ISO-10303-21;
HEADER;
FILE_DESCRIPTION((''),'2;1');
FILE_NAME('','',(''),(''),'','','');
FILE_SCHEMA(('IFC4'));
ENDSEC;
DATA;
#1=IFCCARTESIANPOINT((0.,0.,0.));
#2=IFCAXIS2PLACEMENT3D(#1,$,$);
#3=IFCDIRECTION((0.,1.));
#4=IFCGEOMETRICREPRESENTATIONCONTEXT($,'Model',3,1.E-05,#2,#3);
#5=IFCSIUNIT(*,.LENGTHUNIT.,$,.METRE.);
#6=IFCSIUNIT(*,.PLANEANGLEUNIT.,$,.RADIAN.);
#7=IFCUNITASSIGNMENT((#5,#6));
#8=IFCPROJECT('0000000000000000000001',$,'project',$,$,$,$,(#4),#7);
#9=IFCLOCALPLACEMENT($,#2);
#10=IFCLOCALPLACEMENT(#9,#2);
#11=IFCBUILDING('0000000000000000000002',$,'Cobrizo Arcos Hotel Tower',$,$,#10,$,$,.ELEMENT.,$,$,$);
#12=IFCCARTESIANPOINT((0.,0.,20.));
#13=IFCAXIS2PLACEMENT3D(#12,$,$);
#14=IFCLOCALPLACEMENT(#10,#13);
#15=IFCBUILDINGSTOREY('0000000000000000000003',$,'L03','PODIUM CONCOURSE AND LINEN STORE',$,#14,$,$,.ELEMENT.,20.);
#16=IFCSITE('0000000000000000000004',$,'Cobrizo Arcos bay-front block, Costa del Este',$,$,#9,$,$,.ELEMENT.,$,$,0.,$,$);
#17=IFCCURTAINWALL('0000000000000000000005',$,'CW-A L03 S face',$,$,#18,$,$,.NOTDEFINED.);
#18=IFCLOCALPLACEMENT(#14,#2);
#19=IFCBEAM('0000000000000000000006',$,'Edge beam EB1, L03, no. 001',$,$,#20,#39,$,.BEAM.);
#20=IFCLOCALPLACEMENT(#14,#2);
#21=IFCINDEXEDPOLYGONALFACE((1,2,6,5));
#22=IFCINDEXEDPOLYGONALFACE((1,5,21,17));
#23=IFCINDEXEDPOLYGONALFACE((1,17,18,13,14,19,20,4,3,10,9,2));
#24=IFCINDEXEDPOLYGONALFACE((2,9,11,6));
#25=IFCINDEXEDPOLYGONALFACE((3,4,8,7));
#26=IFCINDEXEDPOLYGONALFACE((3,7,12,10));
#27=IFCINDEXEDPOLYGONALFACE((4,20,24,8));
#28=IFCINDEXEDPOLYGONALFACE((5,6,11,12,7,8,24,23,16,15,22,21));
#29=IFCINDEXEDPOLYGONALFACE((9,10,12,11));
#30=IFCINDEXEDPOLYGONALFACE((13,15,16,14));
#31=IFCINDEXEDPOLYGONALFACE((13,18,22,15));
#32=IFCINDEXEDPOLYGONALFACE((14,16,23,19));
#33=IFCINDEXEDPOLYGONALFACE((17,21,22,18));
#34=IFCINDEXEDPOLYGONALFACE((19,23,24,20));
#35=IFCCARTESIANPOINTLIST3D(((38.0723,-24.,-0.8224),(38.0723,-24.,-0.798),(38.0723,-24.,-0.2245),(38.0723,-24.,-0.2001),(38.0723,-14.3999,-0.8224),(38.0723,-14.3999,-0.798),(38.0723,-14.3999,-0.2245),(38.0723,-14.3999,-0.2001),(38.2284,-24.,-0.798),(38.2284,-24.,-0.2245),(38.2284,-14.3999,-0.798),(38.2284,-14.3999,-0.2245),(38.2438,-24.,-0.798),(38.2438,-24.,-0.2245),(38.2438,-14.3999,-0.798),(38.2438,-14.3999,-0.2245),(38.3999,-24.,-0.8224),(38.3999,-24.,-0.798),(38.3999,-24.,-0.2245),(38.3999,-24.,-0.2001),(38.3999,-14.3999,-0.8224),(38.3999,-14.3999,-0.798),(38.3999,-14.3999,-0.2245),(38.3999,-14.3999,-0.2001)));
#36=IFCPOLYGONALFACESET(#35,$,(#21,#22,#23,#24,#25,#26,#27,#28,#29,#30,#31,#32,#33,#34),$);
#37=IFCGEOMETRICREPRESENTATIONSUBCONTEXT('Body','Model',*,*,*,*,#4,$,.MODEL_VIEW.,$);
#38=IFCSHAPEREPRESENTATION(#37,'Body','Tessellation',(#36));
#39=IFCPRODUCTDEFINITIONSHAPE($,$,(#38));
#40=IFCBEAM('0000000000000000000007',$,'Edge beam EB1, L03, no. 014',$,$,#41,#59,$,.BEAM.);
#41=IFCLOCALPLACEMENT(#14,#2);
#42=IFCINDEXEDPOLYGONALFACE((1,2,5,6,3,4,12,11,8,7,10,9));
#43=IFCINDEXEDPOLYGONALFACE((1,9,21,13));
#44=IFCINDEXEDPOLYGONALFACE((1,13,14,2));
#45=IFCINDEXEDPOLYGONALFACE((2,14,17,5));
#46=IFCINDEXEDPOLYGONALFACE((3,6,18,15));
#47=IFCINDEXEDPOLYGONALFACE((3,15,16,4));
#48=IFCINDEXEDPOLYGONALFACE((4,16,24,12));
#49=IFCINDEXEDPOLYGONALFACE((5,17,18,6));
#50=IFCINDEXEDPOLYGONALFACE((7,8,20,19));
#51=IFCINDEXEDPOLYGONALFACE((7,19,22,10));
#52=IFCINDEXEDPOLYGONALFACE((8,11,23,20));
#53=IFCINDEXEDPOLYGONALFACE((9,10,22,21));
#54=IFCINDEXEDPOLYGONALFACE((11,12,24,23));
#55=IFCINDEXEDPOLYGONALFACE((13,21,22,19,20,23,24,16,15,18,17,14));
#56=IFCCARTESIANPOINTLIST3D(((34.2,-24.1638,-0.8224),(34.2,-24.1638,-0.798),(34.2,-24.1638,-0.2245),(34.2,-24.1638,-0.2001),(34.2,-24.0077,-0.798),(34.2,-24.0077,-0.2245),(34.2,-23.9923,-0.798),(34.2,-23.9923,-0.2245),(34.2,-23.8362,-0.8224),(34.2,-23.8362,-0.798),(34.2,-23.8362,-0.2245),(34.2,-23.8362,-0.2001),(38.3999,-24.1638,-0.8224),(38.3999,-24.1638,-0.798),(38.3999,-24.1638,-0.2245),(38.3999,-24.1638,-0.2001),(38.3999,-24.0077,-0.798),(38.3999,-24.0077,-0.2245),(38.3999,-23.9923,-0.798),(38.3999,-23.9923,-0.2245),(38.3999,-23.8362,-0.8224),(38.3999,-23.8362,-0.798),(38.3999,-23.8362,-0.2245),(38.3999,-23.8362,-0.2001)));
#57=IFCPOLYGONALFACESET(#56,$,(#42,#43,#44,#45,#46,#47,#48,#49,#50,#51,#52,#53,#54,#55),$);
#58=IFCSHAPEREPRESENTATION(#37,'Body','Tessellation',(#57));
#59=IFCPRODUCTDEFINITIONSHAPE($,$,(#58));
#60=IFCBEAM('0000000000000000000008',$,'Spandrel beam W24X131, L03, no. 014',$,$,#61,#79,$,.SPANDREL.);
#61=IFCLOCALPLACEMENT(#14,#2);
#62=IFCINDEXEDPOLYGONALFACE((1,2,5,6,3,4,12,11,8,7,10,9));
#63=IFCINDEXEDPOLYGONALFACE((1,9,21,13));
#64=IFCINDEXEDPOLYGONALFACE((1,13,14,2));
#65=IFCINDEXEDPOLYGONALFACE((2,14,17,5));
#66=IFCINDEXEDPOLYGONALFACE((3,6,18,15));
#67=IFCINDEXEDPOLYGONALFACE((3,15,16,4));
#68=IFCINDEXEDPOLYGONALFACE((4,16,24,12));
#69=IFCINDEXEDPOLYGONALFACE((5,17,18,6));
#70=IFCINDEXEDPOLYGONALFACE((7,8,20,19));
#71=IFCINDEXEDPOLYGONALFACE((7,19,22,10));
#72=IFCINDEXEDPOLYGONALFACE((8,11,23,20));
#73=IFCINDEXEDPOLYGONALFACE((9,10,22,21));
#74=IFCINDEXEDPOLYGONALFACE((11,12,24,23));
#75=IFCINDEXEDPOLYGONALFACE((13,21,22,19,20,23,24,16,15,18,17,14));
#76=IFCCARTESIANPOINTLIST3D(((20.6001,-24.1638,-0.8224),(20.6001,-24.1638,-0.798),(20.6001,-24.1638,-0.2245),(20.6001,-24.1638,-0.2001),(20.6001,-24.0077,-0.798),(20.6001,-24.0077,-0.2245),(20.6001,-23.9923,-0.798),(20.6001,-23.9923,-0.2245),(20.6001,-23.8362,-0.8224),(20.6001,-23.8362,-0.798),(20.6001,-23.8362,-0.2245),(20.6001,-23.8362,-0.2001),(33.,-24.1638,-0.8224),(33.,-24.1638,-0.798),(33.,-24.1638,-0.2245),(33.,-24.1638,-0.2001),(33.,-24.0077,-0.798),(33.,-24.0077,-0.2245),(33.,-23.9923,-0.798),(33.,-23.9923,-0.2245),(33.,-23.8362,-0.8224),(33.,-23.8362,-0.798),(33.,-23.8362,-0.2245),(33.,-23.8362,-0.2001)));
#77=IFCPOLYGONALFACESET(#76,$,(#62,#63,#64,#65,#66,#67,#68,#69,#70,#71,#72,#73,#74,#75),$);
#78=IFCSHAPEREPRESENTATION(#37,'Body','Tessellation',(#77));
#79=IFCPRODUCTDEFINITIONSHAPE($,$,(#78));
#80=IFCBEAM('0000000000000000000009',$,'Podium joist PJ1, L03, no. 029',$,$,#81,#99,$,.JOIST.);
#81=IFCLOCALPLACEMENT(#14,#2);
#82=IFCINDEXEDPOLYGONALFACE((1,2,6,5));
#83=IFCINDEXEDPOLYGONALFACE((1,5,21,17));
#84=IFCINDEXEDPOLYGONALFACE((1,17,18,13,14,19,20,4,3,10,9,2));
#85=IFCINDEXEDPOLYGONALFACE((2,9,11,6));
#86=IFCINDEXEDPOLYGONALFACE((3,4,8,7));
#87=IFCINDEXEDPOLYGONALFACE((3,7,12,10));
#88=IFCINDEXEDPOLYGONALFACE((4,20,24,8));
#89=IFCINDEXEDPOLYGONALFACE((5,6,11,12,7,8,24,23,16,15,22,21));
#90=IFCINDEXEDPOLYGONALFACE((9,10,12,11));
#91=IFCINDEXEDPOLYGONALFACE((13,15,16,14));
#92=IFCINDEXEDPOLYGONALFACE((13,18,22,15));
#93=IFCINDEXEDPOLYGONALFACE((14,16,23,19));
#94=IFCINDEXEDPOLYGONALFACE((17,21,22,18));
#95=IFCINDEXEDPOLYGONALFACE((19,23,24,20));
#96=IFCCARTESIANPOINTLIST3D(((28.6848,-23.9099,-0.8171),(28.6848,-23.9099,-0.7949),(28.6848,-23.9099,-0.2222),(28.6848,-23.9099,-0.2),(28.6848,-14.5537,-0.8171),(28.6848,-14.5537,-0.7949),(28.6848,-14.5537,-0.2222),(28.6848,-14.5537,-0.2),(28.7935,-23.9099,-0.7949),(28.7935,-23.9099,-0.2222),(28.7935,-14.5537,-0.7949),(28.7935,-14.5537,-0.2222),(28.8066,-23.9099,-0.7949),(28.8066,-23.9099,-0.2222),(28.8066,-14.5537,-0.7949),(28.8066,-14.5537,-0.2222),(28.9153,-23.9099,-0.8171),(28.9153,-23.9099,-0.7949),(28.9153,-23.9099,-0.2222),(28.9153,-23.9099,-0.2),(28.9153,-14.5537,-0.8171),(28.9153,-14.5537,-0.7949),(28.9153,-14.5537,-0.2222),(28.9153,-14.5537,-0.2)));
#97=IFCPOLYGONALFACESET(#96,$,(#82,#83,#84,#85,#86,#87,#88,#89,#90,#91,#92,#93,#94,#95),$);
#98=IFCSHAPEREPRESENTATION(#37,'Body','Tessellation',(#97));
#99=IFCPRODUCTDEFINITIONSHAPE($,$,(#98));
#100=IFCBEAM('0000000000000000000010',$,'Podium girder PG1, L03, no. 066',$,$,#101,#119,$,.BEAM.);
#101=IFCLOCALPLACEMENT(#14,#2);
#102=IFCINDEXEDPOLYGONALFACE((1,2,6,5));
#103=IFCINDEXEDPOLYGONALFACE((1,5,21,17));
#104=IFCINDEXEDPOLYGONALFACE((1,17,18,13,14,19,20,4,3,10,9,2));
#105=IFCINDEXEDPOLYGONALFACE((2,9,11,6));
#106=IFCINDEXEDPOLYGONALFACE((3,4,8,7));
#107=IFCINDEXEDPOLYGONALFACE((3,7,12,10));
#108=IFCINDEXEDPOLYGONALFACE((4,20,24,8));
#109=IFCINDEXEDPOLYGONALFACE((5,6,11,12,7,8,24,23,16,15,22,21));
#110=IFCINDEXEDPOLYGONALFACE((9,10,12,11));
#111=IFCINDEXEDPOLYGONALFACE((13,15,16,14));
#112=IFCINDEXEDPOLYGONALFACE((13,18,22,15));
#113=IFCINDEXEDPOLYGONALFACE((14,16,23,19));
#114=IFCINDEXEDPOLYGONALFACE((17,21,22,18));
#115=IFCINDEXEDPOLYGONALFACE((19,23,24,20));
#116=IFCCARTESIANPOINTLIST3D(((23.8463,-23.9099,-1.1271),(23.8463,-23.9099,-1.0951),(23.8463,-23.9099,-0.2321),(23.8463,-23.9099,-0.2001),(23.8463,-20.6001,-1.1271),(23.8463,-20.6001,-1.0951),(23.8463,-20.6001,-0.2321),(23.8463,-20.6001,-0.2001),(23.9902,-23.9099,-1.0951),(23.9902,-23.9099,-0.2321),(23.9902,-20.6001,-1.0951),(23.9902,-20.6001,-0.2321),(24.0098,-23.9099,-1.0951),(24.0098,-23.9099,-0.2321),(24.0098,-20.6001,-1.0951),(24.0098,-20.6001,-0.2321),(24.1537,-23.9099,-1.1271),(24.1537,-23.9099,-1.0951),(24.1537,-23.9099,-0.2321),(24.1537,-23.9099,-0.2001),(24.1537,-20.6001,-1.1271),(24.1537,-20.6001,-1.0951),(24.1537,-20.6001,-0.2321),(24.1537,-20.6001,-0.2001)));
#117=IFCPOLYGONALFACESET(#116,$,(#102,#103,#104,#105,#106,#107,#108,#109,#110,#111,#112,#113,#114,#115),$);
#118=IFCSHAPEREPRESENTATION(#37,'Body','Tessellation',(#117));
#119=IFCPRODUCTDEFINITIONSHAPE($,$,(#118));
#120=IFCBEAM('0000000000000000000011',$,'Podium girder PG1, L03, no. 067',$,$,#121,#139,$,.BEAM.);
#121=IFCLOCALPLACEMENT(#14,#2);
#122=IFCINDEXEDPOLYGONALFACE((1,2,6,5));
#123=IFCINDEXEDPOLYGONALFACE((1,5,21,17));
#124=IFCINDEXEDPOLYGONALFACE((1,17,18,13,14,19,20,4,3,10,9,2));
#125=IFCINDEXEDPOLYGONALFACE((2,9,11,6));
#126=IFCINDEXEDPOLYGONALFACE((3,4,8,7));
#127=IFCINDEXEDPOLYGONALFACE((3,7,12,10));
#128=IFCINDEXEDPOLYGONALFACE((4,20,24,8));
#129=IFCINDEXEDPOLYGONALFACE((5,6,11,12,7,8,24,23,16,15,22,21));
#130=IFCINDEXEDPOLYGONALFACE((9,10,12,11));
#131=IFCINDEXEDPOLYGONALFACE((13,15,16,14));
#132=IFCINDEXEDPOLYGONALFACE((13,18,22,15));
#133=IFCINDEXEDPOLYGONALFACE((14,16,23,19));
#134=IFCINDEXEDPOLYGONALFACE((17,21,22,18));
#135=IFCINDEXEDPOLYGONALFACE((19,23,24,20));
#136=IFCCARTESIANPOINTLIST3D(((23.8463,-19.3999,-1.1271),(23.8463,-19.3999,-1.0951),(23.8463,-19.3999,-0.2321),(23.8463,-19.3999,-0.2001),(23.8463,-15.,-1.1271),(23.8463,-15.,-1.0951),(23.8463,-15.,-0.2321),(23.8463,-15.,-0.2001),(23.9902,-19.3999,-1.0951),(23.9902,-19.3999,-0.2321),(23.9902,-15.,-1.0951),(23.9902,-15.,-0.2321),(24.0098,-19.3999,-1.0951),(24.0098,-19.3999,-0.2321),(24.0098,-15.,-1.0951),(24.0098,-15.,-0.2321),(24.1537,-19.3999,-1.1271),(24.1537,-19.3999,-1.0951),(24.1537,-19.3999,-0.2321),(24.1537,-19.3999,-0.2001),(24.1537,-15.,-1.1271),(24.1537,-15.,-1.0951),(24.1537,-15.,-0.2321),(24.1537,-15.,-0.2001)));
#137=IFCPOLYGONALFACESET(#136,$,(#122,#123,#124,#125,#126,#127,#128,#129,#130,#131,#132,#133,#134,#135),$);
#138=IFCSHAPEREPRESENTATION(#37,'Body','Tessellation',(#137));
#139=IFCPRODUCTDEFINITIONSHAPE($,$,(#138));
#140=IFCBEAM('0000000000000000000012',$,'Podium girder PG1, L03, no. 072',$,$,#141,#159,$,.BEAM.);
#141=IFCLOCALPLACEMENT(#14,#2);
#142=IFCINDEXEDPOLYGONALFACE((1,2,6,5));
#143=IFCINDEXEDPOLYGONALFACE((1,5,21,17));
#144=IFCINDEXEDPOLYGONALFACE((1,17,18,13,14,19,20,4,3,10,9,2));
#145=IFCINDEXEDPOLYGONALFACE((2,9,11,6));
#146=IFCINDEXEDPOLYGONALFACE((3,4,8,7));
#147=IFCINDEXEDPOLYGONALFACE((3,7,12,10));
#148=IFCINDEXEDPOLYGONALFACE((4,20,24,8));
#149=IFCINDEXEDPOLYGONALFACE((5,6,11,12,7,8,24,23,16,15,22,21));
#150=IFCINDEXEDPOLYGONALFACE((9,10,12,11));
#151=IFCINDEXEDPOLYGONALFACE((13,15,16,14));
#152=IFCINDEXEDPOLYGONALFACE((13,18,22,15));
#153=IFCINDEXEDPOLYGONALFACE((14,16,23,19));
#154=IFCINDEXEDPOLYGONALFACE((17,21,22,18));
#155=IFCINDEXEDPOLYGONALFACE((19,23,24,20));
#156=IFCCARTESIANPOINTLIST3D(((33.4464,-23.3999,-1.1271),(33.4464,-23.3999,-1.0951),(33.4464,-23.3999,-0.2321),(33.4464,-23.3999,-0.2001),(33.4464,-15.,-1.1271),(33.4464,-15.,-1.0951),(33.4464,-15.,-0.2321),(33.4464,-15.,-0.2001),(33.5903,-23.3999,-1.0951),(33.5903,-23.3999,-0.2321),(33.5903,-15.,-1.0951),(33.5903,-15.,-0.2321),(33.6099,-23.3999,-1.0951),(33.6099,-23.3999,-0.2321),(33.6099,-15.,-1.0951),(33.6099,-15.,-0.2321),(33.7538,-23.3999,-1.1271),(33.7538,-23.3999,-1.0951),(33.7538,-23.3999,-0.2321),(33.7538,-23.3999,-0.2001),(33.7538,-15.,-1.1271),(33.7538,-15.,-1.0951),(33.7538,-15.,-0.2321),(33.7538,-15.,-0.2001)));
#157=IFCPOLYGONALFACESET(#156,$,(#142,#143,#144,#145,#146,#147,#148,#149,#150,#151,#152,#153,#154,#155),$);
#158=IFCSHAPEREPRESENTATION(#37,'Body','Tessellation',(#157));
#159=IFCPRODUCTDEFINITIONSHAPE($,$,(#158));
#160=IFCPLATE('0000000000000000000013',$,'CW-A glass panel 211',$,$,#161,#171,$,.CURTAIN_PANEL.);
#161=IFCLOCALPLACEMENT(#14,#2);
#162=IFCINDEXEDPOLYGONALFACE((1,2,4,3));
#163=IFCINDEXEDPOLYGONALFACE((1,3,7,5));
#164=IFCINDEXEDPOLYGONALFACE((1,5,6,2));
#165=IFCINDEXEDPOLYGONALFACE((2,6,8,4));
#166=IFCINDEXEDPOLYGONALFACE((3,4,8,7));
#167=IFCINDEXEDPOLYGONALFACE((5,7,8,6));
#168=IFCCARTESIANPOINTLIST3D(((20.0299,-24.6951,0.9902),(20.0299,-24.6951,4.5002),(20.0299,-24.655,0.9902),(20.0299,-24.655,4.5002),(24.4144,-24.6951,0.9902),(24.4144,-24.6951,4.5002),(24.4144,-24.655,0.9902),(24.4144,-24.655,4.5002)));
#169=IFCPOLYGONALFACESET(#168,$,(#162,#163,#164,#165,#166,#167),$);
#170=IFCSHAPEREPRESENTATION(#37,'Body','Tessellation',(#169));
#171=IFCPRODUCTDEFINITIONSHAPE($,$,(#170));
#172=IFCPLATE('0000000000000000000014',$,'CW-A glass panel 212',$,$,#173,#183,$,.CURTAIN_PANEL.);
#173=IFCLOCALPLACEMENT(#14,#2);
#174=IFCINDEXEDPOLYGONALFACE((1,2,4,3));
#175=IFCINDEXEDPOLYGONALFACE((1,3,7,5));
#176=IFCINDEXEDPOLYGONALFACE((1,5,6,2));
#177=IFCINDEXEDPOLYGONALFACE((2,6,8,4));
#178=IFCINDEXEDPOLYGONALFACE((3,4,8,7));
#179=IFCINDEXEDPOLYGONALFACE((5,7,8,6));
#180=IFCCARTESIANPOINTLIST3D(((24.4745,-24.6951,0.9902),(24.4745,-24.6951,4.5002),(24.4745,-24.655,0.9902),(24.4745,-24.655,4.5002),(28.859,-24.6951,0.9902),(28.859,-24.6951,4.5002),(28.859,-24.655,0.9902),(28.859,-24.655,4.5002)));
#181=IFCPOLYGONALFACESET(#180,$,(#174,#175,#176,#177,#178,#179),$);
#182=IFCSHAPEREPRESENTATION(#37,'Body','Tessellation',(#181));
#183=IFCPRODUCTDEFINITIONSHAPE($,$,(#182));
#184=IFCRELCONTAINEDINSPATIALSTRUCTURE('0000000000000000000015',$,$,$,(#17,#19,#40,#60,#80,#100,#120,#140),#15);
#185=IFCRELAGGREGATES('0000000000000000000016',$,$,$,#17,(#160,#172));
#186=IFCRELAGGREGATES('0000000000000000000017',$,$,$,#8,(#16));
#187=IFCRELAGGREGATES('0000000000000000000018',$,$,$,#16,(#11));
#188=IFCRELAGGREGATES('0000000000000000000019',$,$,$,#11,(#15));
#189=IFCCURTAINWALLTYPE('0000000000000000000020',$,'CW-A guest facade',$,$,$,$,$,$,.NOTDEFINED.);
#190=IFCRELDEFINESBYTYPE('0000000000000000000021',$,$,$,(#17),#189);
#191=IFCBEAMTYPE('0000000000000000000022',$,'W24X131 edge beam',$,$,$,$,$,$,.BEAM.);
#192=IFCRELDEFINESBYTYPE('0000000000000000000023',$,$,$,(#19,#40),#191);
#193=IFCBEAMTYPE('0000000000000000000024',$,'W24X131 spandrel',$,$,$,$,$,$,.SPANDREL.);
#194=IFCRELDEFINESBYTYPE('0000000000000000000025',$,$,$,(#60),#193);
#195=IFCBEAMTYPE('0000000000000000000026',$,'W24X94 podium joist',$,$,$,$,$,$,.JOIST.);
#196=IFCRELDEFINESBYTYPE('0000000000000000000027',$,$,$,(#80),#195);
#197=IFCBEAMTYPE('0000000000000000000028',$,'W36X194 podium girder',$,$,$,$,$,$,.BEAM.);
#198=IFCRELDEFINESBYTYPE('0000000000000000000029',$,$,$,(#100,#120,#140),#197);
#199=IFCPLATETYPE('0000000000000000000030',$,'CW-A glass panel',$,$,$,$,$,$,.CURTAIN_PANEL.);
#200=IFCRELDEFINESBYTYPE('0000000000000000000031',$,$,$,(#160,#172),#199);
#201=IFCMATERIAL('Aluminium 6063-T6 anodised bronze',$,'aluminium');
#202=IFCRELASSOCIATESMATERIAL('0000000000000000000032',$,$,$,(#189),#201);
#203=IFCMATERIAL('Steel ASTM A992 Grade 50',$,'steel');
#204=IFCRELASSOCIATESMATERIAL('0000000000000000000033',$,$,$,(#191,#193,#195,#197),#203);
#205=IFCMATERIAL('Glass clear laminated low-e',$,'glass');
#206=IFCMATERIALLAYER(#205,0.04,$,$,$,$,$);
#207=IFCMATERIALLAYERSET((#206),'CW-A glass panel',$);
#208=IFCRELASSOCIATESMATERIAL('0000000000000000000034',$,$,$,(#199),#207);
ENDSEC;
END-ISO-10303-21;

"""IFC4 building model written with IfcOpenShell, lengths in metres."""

from ifc_helpers import new_model, si_unit, direction, frame, origin, origin_2d, place, context, subcontext, project, spatial, rectangle, i_section, extrude, material, layer, layer_set, material_profile, profile_set, type_object, element, aggregate, save


model = new_model("IFC4")

# Units and contexts
model_context = context("Model", 3, precision=1e-05, world=origin(), true_north=direction((0.0, 1.0)))
body_context = subcontext(model_context, "Body", "Model", "MODEL_VIEW")
ifc_project = project(units=[si_unit("LENGTHUNIT", "METRE"), si_unit("PLANEANGLEUNIT", "RADIAN")], contexts=[model_context])

# Site, building, storey
site_placement = place(None, origin())
site = spatial("IfcSite", under=ifc_project, at=site_placement, Name="Cobrizo Arcos bay-front block, Costa del Este", CompositionType="ELEMENT", RefElevation=0.0)
building_placement = place(site_placement, origin())
building = spatial("IfcBuilding", under=site, at=building_placement, Name="Cobrizo Arcos Hotel Tower", CompositionType="ELEMENT")
storey_placement = place(building_placement, frame((0.0, 0.0, 20.0)))
storey = spatial("IfcBuildingStorey", under=building, at=storey_placement, Name="L03", Description="PODIUM CONCOURSE AND LINEN STORE", CompositionType="ELEMENT", Elevation=20.0)

# Curtain wall
ifc_material_1 = material(Name="Aluminium 6063-T6 anodised bronze", Category="aluminium")
curtain_wall_type_1 = type_object("IfcCurtainWallType", Name="CW-A guest facade", PredefinedType="NOTDEFINED", material=ifc_material_1)
curtain_wall_1_placement = place(storey_placement, origin())
curtain_wall_1 = element("IfcCurtainWall", 1, at=curtain_wall_1_placement, inside=storey, type_object=curtain_wall_type_1, Name="CW-A L03 S face", PredefinedType="NOTDEFINED")

# Beams
ifc_material_2 = material(Name="Steel ASTM A992 Grade 50", Category="steel")
ifc_material_profile_1 = material_profile(ifc_material_2, i_section(OverallWidth=0.3276, OverallDepth=0.6223, WebThickness=0.0154, FlangeThickness=0.0244, at=origin_2d()), Name="W24X131")
ifc_profile_set_1 = profile_set([ifc_material_profile_1], Name="Steel ASTM A992 Grade 50")
beam_type_1 = type_object("IfcBeamType", Name="W24X131 edge beam", PredefinedType="BEAM", material=ifc_profile_set_1)
beam_1_placement = place(storey_placement, frame((38.2361, -24.0, -0.5112), z_axis=(0.0, 1.0, 0.0), x_axis=(-1.0, 0.0, 0.0)))
element("IfcBeam", 2, at=beam_1_placement, inside=storey, type_object=beam_type_1, Name="Edge beam EB1, L03, no. 001", PredefinedType="BEAM", context=body_context, shape_type="SweptSolid", body=[
    extrude(i_section(OverallWidth=0.3276, OverallDepth=0.6223, WebThickness=0.0154, FlangeThickness=0.0244, at=origin_2d()), origin(), (0.0, 0.0, 1.0), 9.6001),
])
beam_2_placement = place(storey_placement, frame((34.2, -24.0, -0.5112), z_axis=(1.0, 0.0, 0.0), x_axis=(0.0, 1.0, 0.0)))
element("IfcBeam", 3, at=beam_2_placement, inside=storey, type_object=beam_type_1, Name="Edge beam EB1, L03, no. 014", PredefinedType="BEAM", context=body_context, shape_type="SweptSolid", body=[
    extrude(i_section(OverallWidth=0.3276, OverallDepth=0.6223, WebThickness=0.0154, FlangeThickness=0.0244, at=origin_2d()), origin(), (0.0, 0.0, 1.0), 4.2),
])
ifc_material_profile_2 = material_profile(ifc_material_2, i_section(OverallWidth=0.3276, OverallDepth=0.6223, WebThickness=0.0154, FlangeThickness=0.0244, at=origin_2d()), Name="W24X131")
ifc_profile_set_2 = profile_set([ifc_material_profile_2], Name="Steel ASTM A992 Grade 50")
beam_type_2 = type_object("IfcBeamType", Name="W24X131 spandrel", PredefinedType="SPANDREL", material=ifc_profile_set_2)
beam_3_placement = place(storey_placement, frame((20.6001, -24.0, -0.5112), z_axis=(1.0, 0.0, 0.0), x_axis=(0.0, 1.0, 0.0)))
element("IfcBeam", 4, at=beam_3_placement, inside=storey, type_object=beam_type_2, Name="Spandrel beam W24X131, L03, no. 014", PredefinedType="SPANDREL", context=body_context, shape_type="SweptSolid", body=[
    extrude(i_section(OverallWidth=0.3276, OverallDepth=0.6223, WebThickness=0.0154, FlangeThickness=0.0244, at=origin_2d()), origin(), (0.0, 0.0, 1.0), 12.3999),
])
ifc_material_profile_3 = material_profile(ifc_material_2, i_section(OverallWidth=0.2305, OverallDepth=0.6172, WebThickness=0.0132, FlangeThickness=0.0222, at=origin_2d()), Name="W24X94")
ifc_profile_set_3 = profile_set([ifc_material_profile_3], Name="Steel ASTM A992 Grade 50")
beam_type_3 = type_object("IfcBeamType", Name="W24X94 podium joist", PredefinedType="JOIST", material=ifc_profile_set_3)
beam_4_placement = place(storey_placement, frame((28.8, -23.9099, -0.5085), z_axis=(0.0, 1.0, 0.0), x_axis=(-1.0, 0.0, 0.0)))
element("IfcBeam", 5, at=beam_4_placement, inside=storey, type_object=beam_type_3, Name="Podium joist PJ1, L03, no. 029", PredefinedType="JOIST", context=body_context, shape_type="SweptSolid", body=[
    extrude(i_section(OverallWidth=0.2305, OverallDepth=0.6172, WebThickness=0.0132, FlangeThickness=0.0222, at=origin_2d()), origin(), (0.0, 0.0, 1.0), 9.3562),
])
ifc_material_profile_4 = material_profile(ifc_material_2, i_section(OverallWidth=0.3074, OverallDepth=0.927, WebThickness=0.0195, FlangeThickness=0.032, at=origin_2d()), Name="W36X194")
ifc_profile_set_4 = profile_set([ifc_material_profile_4], Name="Steel ASTM A992 Grade 50")
beam_type_4 = type_object("IfcBeamType", Name="W36X194 podium girder", PredefinedType="BEAM", material=ifc_profile_set_4)
beam_5_placement = place(storey_placement, frame((24.0, -23.9099, -0.6636), z_axis=(0.0, 1.0, 0.0), x_axis=(-1.0, 0.0, 0.0)))
element("IfcBeam", 6, at=beam_5_placement, inside=storey, type_object=beam_type_4, Name="Podium girder PG1, L03, no. 066", PredefinedType="BEAM", context=body_context, shape_type="SweptSolid", body=[
    extrude(i_section(OverallWidth=0.3074, OverallDepth=0.927, WebThickness=0.0195, FlangeThickness=0.032, at=origin_2d()), origin(), (0.0, 0.0, 1.0), 3.3098),
])
beam_6_placement = place(storey_placement, frame((24.0, -19.3999, -0.6636), z_axis=(0.0, 1.0, 0.0), x_axis=(-1.0, 0.0, 0.0)))
element("IfcBeam", 7, at=beam_6_placement, inside=storey, type_object=beam_type_4, Name="Podium girder PG1, L03, no. 067", PredefinedType="BEAM", context=body_context, shape_type="SweptSolid", body=[
    extrude(i_section(OverallWidth=0.3074, OverallDepth=0.927, WebThickness=0.0195, FlangeThickness=0.032, at=origin_2d()), origin(), (0.0, 0.0, 1.0), 4.3999),
])
beam_7_placement = place(storey_placement, frame((33.6001, -23.3999, -0.6636), z_axis=(0.0, 1.0, 0.0), x_axis=(-1.0, 0.0, 0.0)))
element("IfcBeam", 8, at=beam_7_placement, inside=storey, type_object=beam_type_4, Name="Podium girder PG1, L03, no. 072", PredefinedType="BEAM", context=body_context, shape_type="SweptSolid", body=[
    extrude(i_section(OverallWidth=0.3074, OverallDepth=0.927, WebThickness=0.0195, FlangeThickness=0.032, at=origin_2d()), origin(), (0.0, 0.0, 1.0), 8.3999),
])

# Plates
ifc_material_3 = material(Name="Glass clear laminated low-e", Category="glass")
ifc_layer_1 = layer(ifc_material_3, 0.04)
ifc_layer_set_1 = layer_set([ifc_layer_1], Name="CW-A glass panel")
plate_type_1 = type_object("IfcPlateType", Name="CW-A glass panel", PredefinedType="CURTAIN_PANEL", material=ifc_layer_set_1)
plate_1_placement = place(storey_placement, frame((22.2222, -24.675, 0.9902), z_axis=(0.0, 0.0, 1.0), x_axis=(1.0, 0.0, 0.0)))
plate_1 = element("IfcPlate", 9, at=plate_1_placement, type_object=plate_type_1, Name="CW-A glass panel 211", PredefinedType="CURTAIN_PANEL", context=body_context, shape_type="SweptSolid", body=[
    extrude(rectangle(XDim=4.3845, YDim=0.04, at=origin_2d()), origin(), (0.0, 0.0, 1.0), 3.51),
])
plate_2_placement = place(storey_placement, frame((26.6667, -24.675, 0.9902), z_axis=(0.0, 0.0, 1.0), x_axis=(1.0, 0.0, 0.0)))
plate_2 = element("IfcPlate", 10, at=plate_2_placement, type_object=plate_type_1, Name="CW-A glass panel 212", PredefinedType="CURTAIN_PANEL", context=body_context, shape_type="SweptSolid", body=[
    extrude(rectangle(XDim=4.3845, YDim=0.04, at=origin_2d()), origin(), (0.0, 0.0, 1.0), 3.51),
])
aggregate(curtain_wall_1, [plate_1, plate_2])

save(model, "model.ifc")
